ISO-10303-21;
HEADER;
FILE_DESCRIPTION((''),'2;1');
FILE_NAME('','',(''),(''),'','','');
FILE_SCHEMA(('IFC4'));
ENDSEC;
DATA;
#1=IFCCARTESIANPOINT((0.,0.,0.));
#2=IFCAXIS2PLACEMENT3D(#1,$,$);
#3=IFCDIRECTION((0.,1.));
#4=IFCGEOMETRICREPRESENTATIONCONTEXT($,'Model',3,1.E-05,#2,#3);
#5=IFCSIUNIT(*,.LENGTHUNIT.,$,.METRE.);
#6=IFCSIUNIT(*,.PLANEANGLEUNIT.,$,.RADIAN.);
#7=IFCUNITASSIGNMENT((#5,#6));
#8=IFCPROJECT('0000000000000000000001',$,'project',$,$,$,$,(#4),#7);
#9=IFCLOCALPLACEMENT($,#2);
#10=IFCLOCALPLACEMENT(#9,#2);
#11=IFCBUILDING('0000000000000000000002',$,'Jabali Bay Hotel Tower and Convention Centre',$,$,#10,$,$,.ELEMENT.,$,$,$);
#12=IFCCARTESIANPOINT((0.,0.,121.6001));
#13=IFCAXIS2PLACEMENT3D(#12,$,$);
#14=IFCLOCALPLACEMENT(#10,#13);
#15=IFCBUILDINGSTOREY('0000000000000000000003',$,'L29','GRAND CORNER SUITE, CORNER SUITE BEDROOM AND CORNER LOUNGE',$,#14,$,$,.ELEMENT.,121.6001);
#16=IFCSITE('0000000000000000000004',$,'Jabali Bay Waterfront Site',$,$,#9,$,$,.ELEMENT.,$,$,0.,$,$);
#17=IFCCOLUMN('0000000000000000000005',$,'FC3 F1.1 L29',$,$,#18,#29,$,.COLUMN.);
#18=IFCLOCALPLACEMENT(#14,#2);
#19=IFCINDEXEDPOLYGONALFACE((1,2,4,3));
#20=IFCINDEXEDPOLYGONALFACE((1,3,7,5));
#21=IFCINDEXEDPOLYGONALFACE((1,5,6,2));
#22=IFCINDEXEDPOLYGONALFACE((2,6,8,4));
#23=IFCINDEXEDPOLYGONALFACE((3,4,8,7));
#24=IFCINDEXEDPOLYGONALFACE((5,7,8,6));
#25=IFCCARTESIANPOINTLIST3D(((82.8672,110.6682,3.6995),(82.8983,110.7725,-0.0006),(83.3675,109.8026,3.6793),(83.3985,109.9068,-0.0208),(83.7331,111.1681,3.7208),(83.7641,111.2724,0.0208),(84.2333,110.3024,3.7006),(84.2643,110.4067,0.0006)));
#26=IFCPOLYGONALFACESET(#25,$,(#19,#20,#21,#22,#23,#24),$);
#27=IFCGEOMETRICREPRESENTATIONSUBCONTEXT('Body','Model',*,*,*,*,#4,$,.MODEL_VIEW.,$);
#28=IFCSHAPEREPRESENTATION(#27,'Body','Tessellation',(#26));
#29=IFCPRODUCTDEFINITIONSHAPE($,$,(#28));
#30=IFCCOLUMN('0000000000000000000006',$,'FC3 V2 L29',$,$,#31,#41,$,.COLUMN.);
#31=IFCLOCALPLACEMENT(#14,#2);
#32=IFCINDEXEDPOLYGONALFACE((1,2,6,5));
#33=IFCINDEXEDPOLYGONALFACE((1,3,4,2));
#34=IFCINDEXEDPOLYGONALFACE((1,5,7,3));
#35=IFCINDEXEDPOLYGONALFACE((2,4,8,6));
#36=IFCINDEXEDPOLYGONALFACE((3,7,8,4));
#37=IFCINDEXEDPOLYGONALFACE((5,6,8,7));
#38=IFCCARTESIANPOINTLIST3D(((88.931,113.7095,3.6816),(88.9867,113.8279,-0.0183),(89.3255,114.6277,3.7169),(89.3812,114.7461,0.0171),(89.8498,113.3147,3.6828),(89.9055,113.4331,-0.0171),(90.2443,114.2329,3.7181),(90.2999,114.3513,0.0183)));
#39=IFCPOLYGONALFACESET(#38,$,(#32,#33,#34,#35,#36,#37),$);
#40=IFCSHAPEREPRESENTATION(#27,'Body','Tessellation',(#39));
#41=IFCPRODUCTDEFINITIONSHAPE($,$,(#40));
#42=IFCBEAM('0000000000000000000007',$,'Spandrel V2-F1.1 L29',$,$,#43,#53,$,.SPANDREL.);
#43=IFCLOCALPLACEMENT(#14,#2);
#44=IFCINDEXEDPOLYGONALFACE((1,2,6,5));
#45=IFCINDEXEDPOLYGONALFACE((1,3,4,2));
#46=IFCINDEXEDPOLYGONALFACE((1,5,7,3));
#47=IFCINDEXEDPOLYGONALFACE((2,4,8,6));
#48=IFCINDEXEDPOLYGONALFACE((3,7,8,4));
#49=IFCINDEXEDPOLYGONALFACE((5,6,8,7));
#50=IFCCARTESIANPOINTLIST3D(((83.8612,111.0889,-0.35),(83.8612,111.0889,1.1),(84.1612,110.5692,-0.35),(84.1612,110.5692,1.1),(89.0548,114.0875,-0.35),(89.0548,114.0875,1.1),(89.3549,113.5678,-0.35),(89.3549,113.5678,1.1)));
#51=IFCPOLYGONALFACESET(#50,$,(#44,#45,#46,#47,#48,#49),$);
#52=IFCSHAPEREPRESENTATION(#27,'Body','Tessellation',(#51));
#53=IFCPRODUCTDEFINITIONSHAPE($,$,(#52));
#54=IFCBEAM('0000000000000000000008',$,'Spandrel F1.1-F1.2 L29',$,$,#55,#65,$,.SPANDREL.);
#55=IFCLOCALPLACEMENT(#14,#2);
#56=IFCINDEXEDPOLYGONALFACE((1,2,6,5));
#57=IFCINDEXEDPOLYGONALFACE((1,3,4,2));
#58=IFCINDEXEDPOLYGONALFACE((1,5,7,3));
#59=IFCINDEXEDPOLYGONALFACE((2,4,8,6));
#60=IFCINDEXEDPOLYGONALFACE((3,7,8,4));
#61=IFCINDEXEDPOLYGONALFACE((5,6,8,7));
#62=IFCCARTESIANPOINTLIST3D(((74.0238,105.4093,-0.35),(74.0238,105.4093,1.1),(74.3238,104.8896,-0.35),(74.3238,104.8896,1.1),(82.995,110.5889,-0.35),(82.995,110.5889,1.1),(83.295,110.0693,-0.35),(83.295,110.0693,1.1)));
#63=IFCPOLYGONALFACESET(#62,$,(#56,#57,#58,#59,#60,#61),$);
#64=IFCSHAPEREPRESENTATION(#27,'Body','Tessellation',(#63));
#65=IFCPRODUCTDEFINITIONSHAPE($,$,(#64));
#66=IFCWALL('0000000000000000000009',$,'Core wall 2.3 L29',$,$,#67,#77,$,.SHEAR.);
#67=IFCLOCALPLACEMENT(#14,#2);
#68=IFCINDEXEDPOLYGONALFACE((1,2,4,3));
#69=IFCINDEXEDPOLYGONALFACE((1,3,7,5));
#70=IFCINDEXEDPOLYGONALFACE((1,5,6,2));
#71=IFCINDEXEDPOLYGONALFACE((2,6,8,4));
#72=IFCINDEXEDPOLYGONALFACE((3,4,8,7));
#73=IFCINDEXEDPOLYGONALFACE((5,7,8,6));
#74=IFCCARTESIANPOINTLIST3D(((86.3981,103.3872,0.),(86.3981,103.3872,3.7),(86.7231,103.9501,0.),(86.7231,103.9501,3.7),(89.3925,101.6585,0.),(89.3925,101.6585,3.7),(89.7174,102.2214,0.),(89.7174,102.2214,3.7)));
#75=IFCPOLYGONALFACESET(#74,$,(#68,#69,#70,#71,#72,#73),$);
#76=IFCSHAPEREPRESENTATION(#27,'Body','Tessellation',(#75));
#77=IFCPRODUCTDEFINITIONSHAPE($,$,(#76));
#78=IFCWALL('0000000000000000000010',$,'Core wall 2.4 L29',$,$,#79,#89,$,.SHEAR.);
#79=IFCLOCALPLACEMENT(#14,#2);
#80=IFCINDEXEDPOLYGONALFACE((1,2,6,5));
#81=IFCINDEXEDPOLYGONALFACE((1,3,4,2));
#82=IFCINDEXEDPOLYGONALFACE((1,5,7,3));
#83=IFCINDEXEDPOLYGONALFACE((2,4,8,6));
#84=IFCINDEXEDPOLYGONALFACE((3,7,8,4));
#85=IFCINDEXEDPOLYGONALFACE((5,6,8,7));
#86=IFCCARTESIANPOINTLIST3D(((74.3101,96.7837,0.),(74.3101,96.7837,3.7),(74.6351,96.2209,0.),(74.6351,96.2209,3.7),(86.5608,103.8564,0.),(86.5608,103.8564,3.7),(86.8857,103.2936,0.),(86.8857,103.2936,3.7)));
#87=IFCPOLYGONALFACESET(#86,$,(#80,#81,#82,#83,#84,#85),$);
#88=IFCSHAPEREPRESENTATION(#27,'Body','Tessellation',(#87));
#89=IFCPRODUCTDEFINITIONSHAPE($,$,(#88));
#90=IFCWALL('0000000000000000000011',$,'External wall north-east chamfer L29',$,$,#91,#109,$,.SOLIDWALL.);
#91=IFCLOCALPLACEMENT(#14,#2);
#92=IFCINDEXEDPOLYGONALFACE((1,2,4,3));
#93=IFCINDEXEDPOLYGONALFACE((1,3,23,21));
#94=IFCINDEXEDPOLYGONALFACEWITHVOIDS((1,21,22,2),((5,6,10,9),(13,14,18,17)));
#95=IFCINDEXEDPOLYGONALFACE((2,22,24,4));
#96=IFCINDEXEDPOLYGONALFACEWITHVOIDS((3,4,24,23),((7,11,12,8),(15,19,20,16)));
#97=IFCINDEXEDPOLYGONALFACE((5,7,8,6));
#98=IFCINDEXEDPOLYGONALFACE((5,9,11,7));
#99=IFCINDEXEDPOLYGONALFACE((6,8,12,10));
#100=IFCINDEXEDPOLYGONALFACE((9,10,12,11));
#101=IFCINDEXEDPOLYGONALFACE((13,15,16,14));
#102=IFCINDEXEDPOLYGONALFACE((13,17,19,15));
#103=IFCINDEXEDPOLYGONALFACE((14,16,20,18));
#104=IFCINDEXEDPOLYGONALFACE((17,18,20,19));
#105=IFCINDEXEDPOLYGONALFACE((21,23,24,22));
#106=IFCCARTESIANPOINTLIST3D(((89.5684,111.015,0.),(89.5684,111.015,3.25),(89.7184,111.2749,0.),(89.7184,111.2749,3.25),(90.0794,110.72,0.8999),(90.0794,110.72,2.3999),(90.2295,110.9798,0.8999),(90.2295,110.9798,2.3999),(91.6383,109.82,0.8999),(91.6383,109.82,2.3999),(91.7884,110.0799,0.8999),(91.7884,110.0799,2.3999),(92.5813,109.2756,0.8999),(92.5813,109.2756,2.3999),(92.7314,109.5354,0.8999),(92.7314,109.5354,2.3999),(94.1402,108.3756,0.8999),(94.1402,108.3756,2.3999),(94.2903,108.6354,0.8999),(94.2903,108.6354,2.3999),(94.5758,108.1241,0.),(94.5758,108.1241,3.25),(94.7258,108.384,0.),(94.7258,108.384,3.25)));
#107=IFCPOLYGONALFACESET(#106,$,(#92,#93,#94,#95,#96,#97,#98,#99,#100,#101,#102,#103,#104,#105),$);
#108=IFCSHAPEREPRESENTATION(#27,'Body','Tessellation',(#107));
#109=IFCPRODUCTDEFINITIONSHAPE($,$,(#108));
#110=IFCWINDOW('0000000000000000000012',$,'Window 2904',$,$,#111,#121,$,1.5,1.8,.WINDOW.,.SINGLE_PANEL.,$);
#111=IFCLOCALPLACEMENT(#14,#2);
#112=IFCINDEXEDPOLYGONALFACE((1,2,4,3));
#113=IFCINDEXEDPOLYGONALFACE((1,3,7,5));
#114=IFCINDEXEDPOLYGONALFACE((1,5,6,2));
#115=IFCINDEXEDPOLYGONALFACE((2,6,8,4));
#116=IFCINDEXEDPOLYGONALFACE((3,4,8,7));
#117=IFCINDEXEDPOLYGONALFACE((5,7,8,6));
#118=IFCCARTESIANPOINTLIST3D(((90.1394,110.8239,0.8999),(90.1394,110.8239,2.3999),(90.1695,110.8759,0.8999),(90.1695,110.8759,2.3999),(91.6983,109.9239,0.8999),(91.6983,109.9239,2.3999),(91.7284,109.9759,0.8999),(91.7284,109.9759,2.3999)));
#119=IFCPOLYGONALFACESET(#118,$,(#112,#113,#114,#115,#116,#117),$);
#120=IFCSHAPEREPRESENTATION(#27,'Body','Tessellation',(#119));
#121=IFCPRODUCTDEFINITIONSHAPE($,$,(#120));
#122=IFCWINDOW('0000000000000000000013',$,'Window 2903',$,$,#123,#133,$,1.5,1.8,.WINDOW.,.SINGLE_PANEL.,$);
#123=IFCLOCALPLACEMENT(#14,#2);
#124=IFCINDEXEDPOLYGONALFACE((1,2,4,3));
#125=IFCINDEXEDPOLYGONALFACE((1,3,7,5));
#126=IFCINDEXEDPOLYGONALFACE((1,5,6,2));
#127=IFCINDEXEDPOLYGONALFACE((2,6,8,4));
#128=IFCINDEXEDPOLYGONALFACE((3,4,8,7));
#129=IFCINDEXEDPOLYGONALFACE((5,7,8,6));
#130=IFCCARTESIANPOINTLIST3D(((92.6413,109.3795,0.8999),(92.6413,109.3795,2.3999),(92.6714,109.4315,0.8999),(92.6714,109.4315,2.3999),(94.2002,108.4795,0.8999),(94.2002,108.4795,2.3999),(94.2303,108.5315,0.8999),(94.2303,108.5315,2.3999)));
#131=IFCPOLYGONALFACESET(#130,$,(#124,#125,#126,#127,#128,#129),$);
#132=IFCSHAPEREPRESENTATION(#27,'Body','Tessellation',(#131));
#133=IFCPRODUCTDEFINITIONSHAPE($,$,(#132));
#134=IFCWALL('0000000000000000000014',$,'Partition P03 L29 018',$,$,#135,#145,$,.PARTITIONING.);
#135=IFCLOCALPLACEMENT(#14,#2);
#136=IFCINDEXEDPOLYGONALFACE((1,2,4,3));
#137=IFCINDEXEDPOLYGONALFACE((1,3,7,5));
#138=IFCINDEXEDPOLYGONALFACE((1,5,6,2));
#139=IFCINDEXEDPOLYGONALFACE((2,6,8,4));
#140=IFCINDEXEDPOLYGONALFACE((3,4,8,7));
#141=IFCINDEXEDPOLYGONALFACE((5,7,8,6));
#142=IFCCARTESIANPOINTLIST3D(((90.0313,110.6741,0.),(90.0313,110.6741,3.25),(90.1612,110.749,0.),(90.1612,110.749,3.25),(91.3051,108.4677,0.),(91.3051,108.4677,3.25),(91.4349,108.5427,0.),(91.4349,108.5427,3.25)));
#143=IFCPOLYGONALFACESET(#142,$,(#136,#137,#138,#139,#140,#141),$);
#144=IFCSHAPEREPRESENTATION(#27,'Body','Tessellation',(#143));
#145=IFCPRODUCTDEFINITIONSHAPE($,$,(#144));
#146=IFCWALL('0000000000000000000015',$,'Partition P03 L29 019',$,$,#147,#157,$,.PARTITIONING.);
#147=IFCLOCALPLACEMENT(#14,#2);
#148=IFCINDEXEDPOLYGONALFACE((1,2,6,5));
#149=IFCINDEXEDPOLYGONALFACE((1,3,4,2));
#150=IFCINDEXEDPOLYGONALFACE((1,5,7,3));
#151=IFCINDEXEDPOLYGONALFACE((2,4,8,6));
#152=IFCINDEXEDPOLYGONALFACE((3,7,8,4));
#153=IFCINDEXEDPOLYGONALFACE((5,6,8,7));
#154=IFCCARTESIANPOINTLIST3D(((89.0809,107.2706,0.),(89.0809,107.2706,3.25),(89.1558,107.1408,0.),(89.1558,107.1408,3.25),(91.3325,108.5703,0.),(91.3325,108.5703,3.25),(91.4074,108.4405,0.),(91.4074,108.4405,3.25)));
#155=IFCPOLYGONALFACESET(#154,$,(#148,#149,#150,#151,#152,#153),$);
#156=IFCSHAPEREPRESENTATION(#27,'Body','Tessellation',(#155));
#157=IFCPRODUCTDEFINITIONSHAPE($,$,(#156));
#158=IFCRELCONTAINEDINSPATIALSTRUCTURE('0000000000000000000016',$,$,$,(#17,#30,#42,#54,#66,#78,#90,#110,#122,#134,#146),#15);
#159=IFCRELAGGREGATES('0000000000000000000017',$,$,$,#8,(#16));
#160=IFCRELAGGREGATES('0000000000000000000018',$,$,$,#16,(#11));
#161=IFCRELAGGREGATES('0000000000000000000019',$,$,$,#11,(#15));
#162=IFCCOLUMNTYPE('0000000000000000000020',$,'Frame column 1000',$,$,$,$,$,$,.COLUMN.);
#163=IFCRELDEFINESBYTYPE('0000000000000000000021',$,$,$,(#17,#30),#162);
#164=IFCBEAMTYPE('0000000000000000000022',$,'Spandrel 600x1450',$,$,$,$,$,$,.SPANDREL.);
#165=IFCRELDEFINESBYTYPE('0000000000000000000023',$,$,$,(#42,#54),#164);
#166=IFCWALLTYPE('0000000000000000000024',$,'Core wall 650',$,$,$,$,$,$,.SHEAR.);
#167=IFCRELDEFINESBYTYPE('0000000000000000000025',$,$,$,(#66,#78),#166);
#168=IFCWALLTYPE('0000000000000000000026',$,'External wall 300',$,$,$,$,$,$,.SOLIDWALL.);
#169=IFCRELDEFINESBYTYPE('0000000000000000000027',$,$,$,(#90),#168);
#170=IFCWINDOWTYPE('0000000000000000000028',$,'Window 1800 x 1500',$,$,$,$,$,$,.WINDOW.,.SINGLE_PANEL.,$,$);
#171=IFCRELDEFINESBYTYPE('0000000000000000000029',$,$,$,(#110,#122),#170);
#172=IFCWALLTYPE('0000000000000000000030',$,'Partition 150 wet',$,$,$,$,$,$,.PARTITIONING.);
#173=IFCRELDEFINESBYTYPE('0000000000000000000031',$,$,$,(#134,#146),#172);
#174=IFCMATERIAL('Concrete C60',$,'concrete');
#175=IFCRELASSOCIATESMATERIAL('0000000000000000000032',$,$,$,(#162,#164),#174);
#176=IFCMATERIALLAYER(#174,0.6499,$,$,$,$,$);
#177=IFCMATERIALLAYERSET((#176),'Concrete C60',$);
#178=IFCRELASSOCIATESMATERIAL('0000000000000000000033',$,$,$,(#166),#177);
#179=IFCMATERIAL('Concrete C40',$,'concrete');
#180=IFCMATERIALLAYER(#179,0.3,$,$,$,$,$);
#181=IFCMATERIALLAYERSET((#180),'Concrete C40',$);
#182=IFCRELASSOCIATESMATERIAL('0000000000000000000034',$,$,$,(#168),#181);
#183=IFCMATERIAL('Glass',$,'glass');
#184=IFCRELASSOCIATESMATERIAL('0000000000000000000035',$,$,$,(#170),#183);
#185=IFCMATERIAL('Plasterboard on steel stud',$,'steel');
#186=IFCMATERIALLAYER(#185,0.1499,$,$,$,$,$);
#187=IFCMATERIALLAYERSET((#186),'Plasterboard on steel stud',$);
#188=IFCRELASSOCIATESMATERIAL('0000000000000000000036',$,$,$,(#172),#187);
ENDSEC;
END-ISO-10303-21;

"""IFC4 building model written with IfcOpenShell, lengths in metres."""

from ifc_helpers import new_model, si_unit, direction, frame, frame_2d, origin, origin_2d, place, context, subcontext, project, spatial, rectangle, extrude, material, layer, layer_set, material_profile, profile_set, type_object, element, fill, save


model = new_model("IFC4")

# Units and contexts
model_context = context("Model", 3, precision=1e-05, world=origin(), true_north=direction((0.0, 1.0)))
body_context = subcontext(model_context, "Body", "Model", "MODEL_VIEW")
ifc_project = project(units=[si_unit("LENGTHUNIT", "METRE"), si_unit("PLANEANGLEUNIT", "RADIAN")], contexts=[model_context])

# Site, building, storey
site_placement = place(None, origin())
site = spatial("IfcSite", under=ifc_project, at=site_placement, Name="Jabali Bay Waterfront Site", CompositionType="ELEMENT", RefElevation=0.0)
building_placement = place(site_placement, origin())
building = spatial("IfcBuilding", under=site, at=building_placement, Name="Jabali Bay Hotel Tower and Convention Centre", CompositionType="ELEMENT")
storey_placement = place(building_placement, frame((0.0, 0.0, 121.6001)))
storey = spatial("IfcBuildingStorey", under=building, at=storey_placement, Name="L29", Description="GRAND CORNER SUITE, CORNER SUITE BEDROOM AND CORNER LOUNGE", CompositionType="ELEMENT", Elevation=121.6001)

# Columns
ifc_material_1 = material(Name="Concrete C60", Category="concrete")
ifc_material_profile_1 = material_profile(ifc_material_1, rectangle(XDim=1.0, YDim=1.0, at=origin_2d()), Name="Frame column 1000")
ifc_profile_set_1 = profile_set([ifc_material_profile_1], Name="Concrete C60")
column_type = type_object("IfcColumnType", Name="Frame column 1000", PredefinedType="COLUMN", material=ifc_profile_set_1)
column_1_placement = place(storey_placement, frame((83.5813, 110.5896, 0.0), z_axis=(-0.008376, -0.028163, 0.999568), x_axis=(0.865848, 0.499852, 0.021339)))
element("IfcColumn", 1, at=column_1_placement, inside=storey, type_object=column_type, Name="FC3 F1.1 L29", PredefinedType="COLUMN", context=body_context, shape_type="SweptSolid", body=[
    extrude(rectangle(XDim=1.0, YDim=1.0, at=origin_2d()), origin(), (0.0, 0.0, 1.0), 3.7017),
])
column_2_placement = place(storey_placement, frame((89.6433, 114.0896, 0.0), z_axis=(-0.015035, -0.031983, 0.999375), x_axis=(0.918777, -0.394775, 0.001189)))
element("IfcColumn", 2, at=column_2_placement, inside=storey, type_object=column_type, Name="FC3 V2 L29", PredefinedType="COLUMN", context=body_context, shape_type="SweptSolid", body=[
    extrude(rectangle(XDim=1.0, YDim=1.0, at=origin_2d()), origin(), (0.0, 0.0, 1.0), 3.7021),
])

# Beams
ifc_material_profile_2 = material_profile(ifc_material_1, rectangle(XDim=0.6001, YDim=1.45, at=origin_2d()), Name="Spandrel 600x1450")
ifc_profile_set_2 = profile_set([ifc_material_profile_2], Name="Concrete C60")
beam_type = type_object("IfcBeamType", Name="Spandrel 600x1450", PredefinedType="SPANDREL", material=ifc_profile_set_2)
beam_1_placement = place(storey_placement, frame((89.2048, 113.8276, 0.375), z_axis=(-0.866025, -0.500001, 0.0), x_axis=(0.500001, -0.866025, 0.0)))
element("IfcBeam", 3, at=beam_1_placement, inside=storey, type_object=beam_type, Name="Spandrel V2-F1.1 L29", PredefinedType="SPANDREL", context=body_context, shape_type="SweptSolid", body=[
    extrude(rectangle(XDim=0.6001, YDim=1.45, at=origin_2d()), origin(), (0.0, 0.0, 1.0), 5.9971),
])
beam_2_placement = place(storey_placement, frame((83.145, 110.3291, 0.375), z_axis=(-0.866018, -0.500012, 0.0), x_axis=(0.500012, -0.866018, 0.0)))
element("IfcBeam", 4, at=beam_2_placement, inside=storey, type_object=beam_type, Name="Spandrel F1.1-F1.2 L29", PredefinedType="SPANDREL", context=body_context, shape_type="SweptSolid", body=[
    extrude(rectangle(XDim=0.6001, YDim=1.45, at=origin_2d()), origin(), (0.0, 0.0, 1.0), 10.3591),
])

# Walls
ifc_layer_1 = layer(ifc_material_1, 0.6499)
ifc_layer_set_1 = layer_set([ifc_layer_1], Name="Concrete C60")
wall_type_1 = type_object("IfcWallType", Name="Core wall 650", PredefinedType="SHEAR", material=ifc_layer_set_1)
wall_1_placement = place(storey_placement, frame((89.5549, 101.9399, 0.0), z_axis=(0.0, 0.0, 1.0), x_axis=(-0.866032, 0.499989, 0.0)))
element("IfcWall", 5, at=wall_1_placement, inside=storey, type_object=wall_type_1, Name="Core wall 2.3 L29", PredefinedType="SHEAR", context=body_context, shape_type="SweptSolid", body=[
    extrude(rectangle(XDim=3.4575, YDim=0.6499, at=frame_2d((1.7288, 0.0))), origin(), (0.0, 0.0, 1.0), 3.7),
])
wall_2_placement = place(storey_placement, frame((86.7231, 103.575, 0.0), z_axis=(0.0, 0.0, 1.0), x_axis=(-0.866032, -0.499989, 0.0)))
element("IfcWall", 6, at=wall_2_placement, inside=storey, type_object=wall_type_1, Name="Core wall 2.4 L29", PredefinedType="SHEAR", context=body_context, shape_type="SweptSolid", body=[
    extrude(rectangle(XDim=14.1458, YDim=0.6499, at=frame_2d((7.0728, 0.0))), origin(), (0.0, 0.0, 1.0), 3.7),
])

# Wall, openings, windows
ifc_material_2 = material(Name="Concrete C40", Category="concrete")
ifc_layer_2 = layer(ifc_material_2, 0.3)
ifc_layer_set_2 = layer_set([ifc_layer_2], Name="Concrete C40")
wall_type_2 = type_object("IfcWallType", Name="External wall 300", PredefinedType="SOLIDWALL", material=ifc_layer_set_2)
wall_3_placement = place(storey_placement, frame((89.6433, 111.145, 0.0), z_axis=(0.0, 0.0, 1.0), x_axis=(0.866034, -0.499986, 0.0)))
wall_3 = element("IfcWall", 7, at=wall_3_placement, inside=storey, type_object=wall_type_2, Name="External wall north-east chamfer L29", PredefinedType="SOLIDWALL", context=body_context, shape_type="SweptSolid", body=[
    extrude(rectangle(XDim=5.782, YDim=0.3, at=frame_2d((2.8911, 0.0))), origin(), (0.0, 0.0, 1.0), 3.25),
])
opening_1_placement = place(wall_3_placement, frame((0.5903, 0.0, 0.8999)))
opening_1 = element("IfcOpeningElement", 8, at=opening_1_placement, cuts=wall_3, PredefinedType="OPENING", context=body_context, shape_type="SweptSolid", body=[
    extrude(rectangle(XDim=1.8, YDim=1.5, at=frame_2d((0.8999, 0.75))), frame((0.0, 0.1606, 0.0), z_axis=(0.0, -1.0, 0.0), x_axis=(1.0, 0.0, 0.0)), (0.0, 0.0, 1.0), 0.321),
])
opening_2_placement = place(wall_3_placement, frame((3.4792, 0.0, 0.8999)))
opening_2 = element("IfcOpeningElement", 9, at=opening_2_placement, cuts=wall_3, PredefinedType="OPENING", context=body_context, shape_type="SweptSolid", body=[
    extrude(rectangle(XDim=1.8, YDim=1.5, at=frame_2d((0.8999, 0.75))), frame((0.0, 0.1606, 0.0), z_axis=(0.0, -1.0, 0.0), x_axis=(1.0, 0.0, 0.0)), (0.0, 0.0, 1.0), 0.321),
])
ifc_material_3 = material(Name="Glass", Category="glass")
window_type = type_object("IfcWindowType", Name="Window 1800 x 1500", PartitioningType="SINGLE_PANEL", PredefinedType="WINDOW", material=ifc_material_3)
window_1_placement = place(opening_1_placement, origin())
window_1 = element("IfcWindow", 10, at=window_1_placement, inside=storey, type_object=window_type, Name="Window 2904", OverallHeight=1.5, OverallWidth=1.8, PartitioningType="SINGLE_PANEL", PredefinedType="WINDOW", context=body_context, shape_type="SweptSolid", body=[
    extrude(rectangle(XDim=1.8, YDim=1.5, at=frame_2d((0.8999, 0.75))), frame((0.0, 0.03, 0.0), z_axis=(0.0, -1.0, 0.0), x_axis=(1.0, 0.0, 0.0)), (0.0, 0.0, 1.0), 0.0601),
])
fill(opening_1, window_1)
window_2_placement = place(opening_2_placement, origin())
window_2 = element("IfcWindow", 11, at=window_2_placement, inside=storey, type_object=window_type, Name="Window 2903", OverallHeight=1.5, OverallWidth=1.8, PartitioningType="SINGLE_PANEL", PredefinedType="WINDOW", context=body_context, shape_type="SweptSolid", body=[
    extrude(rectangle(XDim=1.8, YDim=1.5, at=frame_2d((0.8999, 0.75))), frame((0.0, 0.03, 0.0), z_axis=(0.0, -1.0, 0.0), x_axis=(1.0, 0.0, 0.0)), (0.0, 0.0, 1.0), 0.0601),
])
fill(opening_2, window_2)

# Walls
ifc_material_4 = material(Name="Plasterboard on steel stud", Category="steel")
ifc_layer_3 = layer(ifc_material_4, 0.1499)
ifc_layer_set_3 = layer_set([ifc_layer_3], Name="Plasterboard on steel stud")
wall_type_3 = type_object("IfcWallType", Name="Partition 150 wet", PredefinedType="PARTITIONING", material=ifc_layer_set_3)
wall_4_placement = place(storey_placement, frame((90.0962, 110.7117, 0.0), z_axis=(0.0, 0.0, 1.0), x_axis=(0.499963, -0.866047, 0.0)))
element("IfcWall", 12, at=wall_4_placement, inside=storey, type_object=wall_type_3, Name="Partition P03 L29 018", PredefinedType="PARTITIONING", context=body_context, shape_type="SweptSolid", body=[
    extrude(rectangle(XDim=2.5476, YDim=0.1499, at=frame_2d((1.2739, 0.0))), origin(), (0.0, 0.0, 1.0), 3.25),
])
wall_5_placement = place(storey_placement, frame((91.3699, 108.5054, 0.0), z_axis=(0.0, 0.0, 1.0), x_axis=(-0.866062, -0.499937, 0.0)))
element("IfcWall", 13, at=wall_5_placement, inside=storey, type_object=wall_type_3, Name="Partition P03 L29 019", PredefinedType="PARTITIONING", context=body_context, shape_type="SweptSolid", body=[
    extrude(rectangle(XDim=2.5999, YDim=0.1499, at=frame_2d((1.2998, 0.0))), origin(), (0.0, 0.0, 1.0), 3.25),
])

save(model, "model.ifc")
